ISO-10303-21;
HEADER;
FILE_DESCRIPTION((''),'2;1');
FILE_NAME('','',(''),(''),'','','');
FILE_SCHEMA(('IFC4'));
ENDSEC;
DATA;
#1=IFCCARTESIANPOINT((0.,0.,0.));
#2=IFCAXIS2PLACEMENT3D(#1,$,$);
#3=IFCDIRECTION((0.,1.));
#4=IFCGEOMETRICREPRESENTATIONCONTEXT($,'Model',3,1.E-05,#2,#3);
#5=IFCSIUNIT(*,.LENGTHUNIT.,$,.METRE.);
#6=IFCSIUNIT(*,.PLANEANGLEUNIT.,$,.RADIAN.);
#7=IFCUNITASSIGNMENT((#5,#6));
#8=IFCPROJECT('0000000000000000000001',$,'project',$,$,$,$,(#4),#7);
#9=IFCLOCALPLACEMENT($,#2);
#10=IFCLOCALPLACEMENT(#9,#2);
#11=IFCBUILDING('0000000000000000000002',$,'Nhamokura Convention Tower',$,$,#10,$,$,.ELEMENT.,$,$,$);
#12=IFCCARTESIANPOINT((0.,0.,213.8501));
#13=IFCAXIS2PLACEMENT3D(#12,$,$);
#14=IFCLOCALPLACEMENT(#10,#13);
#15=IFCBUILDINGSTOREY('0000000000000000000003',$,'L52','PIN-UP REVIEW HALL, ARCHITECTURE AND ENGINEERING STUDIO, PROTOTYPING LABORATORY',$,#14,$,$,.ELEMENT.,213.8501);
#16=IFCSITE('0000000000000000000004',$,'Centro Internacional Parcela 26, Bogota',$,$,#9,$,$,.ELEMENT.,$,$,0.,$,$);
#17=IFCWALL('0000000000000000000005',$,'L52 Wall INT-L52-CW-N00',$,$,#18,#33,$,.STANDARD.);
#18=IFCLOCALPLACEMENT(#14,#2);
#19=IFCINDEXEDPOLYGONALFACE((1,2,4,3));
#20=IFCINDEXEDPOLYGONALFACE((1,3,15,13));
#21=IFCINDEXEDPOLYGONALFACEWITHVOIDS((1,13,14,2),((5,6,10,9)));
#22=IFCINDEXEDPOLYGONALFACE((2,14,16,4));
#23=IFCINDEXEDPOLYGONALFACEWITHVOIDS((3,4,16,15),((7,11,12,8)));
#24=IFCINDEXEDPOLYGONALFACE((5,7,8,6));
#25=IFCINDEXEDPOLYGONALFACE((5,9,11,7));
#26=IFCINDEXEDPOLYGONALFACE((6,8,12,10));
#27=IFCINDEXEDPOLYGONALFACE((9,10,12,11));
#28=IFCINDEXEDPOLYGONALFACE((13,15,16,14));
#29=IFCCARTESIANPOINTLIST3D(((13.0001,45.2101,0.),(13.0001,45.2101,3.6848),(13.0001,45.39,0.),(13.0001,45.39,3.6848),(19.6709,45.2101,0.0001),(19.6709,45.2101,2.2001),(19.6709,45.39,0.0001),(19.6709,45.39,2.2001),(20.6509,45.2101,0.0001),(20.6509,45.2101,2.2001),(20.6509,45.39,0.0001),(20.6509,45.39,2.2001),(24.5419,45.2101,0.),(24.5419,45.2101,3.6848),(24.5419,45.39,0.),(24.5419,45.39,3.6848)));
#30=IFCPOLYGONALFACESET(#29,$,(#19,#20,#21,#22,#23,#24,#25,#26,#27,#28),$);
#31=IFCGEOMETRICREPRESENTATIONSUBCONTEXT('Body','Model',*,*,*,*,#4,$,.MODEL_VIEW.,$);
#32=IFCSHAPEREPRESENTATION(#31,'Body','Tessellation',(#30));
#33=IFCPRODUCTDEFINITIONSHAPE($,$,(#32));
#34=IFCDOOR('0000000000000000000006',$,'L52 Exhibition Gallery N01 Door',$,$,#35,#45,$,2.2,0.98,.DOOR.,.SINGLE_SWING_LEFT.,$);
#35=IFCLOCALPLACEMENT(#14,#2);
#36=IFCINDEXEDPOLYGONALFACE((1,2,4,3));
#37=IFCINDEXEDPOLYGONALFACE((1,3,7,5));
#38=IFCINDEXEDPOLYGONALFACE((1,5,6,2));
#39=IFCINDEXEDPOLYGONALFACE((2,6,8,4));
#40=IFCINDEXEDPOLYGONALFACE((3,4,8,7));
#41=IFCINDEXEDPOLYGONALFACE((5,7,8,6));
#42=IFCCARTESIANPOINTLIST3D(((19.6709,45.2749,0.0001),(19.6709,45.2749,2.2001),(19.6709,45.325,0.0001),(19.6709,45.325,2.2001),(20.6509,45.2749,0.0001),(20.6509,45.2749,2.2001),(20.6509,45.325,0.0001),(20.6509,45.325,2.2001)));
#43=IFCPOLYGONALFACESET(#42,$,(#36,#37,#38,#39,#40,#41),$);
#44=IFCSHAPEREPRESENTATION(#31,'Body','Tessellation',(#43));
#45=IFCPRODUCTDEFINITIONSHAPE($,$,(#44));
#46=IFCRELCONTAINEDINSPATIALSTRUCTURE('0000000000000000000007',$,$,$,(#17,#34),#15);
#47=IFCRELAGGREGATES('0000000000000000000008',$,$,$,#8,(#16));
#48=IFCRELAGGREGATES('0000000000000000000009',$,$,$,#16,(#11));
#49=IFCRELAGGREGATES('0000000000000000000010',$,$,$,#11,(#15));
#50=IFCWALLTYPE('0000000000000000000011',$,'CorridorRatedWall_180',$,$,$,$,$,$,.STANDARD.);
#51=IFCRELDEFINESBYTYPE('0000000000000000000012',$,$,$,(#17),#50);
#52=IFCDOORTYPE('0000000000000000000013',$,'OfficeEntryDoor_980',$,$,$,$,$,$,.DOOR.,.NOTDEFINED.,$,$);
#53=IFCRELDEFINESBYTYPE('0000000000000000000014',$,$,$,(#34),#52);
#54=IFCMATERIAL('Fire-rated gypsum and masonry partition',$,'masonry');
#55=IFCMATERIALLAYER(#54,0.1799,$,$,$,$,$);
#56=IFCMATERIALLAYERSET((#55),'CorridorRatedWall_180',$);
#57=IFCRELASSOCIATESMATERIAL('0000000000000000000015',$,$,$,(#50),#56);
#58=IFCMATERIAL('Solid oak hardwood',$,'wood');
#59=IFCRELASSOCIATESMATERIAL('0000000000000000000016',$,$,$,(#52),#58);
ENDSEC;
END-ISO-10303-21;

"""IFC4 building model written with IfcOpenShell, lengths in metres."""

from ifc_helpers import new_model, si_unit, direction, frame, frame_2d, origin, place, context, subcontext, project, spatial, rectangle, extrude, material, layer, layer_set, type_object, element, fill, save


model = new_model("IFC4")

# Units and contexts
model_context = context("Model", 3, precision=1e-05, world=origin(), true_north=direction((0.0, 1.0)))
body_context = subcontext(model_context, "Body", "Model", "MODEL_VIEW")
ifc_project = project(units=[si_unit("LENGTHUNIT", "METRE"), si_unit("PLANEANGLEUNIT", "RADIAN")], contexts=[model_context])

# Site, building, storey
site_placement = place(None, origin())
site = spatial("IfcSite", under=ifc_project, at=site_placement, Name="Centro Internacional Parcela 26, Bogota", CompositionType="ELEMENT", RefElevation=0.0)
building_placement = place(site_placement, origin())
building = spatial("IfcBuilding", under=site, at=building_placement, Name="Nhamokura Convention Tower", CompositionType="ELEMENT")
storey_placement = place(building_placement, frame((0.0, 0.0, 213.8501)))
storey = spatial("IfcBuildingStorey", under=building, at=storey_placement, Name="L52", Description="PIN-UP REVIEW HALL, ARCHITECTURE AND ENGINEERING STUDIO, PROTOTYPING LABORATORY", CompositionType="ELEMENT", Elevation=213.8501)

# Wall, opening, door
ifc_material_1 = material(Name="Fire-rated gypsum and masonry partition", Category="masonry")
ifc_layer_1 = layer(ifc_material_1, 0.1799)
ifc_layer_set_1 = layer_set([ifc_layer_1], Name="CorridorRatedWall_180")
wall_type_1 = type_object("IfcWallType", Name="CorridorRatedWall_180", PredefinedType="STANDARD", material=ifc_layer_set_1)
wall_placement = place(storey_placement, frame((13.0, 45.3, 0.0), z_axis=(0.0, 0.0, 1.0), x_axis=(1.0, 0.0, 0.0)))
wall = element("IfcWall", 1, at=wall_placement, inside=storey, type_object=wall_type_1, Name="L52 Wall INT-L52-CW-N00", PredefinedType="STANDARD", context=body_context, shape_type="SweptSolid", body=[
    extrude(rectangle(XDim=11.5417, YDim=0.1799, at=frame_2d((5.771, 0.0))), origin(), (0.0, 0.0, 1.0), 3.6848),
])
opening_placement = place(wall_placement, frame((6.6709, 0.0, 0.0)))
opening = element("IfcOpeningElement", 2, at=opening_placement, cuts=wall, PredefinedType="OPENING", context=body_context, shape_type="SweptSolid", body=[
    extrude(rectangle(XDim=0.98, YDim=2.2, at=frame_2d((0.49, 1.1001))), frame((0.0, 0.0999, 0.0), z_axis=(0.0, -1.0, 0.0), x_axis=(1.0, 0.0, 0.0)), (0.0, 0.0, 1.0), 0.2),
])
ifc_material_2 = material(Name="Solid oak hardwood", Category="wood")
door_type = type_object("IfcDoorType", Name="OfficeEntryDoor_980", OperationType="NOTDEFINED", PredefinedType="DOOR", material=ifc_material_2)
door_placement = place(opening_placement, origin())
door = element("IfcDoor", 3, at=door_placement, inside=storey, type_object=door_type, Name="L52 Exhibition Gallery N01 Door", OperationType="SINGLE_SWING_LEFT", OverallHeight=2.2, OverallWidth=0.98, PredefinedType="DOOR", context=body_context, shape_type="SweptSolid", body=[
    extrude(rectangle(XDim=0.98, YDim=2.2, at=frame_2d((0.49, 1.1001))), frame((0.0, 0.0249, 0.0), z_axis=(0.0, -1.0, 0.0), x_axis=(1.0, 0.0, 0.0)), (0.0, 0.0, 1.0), 0.05),
])
fill(opening, door)

save(model, "model.ifc")
